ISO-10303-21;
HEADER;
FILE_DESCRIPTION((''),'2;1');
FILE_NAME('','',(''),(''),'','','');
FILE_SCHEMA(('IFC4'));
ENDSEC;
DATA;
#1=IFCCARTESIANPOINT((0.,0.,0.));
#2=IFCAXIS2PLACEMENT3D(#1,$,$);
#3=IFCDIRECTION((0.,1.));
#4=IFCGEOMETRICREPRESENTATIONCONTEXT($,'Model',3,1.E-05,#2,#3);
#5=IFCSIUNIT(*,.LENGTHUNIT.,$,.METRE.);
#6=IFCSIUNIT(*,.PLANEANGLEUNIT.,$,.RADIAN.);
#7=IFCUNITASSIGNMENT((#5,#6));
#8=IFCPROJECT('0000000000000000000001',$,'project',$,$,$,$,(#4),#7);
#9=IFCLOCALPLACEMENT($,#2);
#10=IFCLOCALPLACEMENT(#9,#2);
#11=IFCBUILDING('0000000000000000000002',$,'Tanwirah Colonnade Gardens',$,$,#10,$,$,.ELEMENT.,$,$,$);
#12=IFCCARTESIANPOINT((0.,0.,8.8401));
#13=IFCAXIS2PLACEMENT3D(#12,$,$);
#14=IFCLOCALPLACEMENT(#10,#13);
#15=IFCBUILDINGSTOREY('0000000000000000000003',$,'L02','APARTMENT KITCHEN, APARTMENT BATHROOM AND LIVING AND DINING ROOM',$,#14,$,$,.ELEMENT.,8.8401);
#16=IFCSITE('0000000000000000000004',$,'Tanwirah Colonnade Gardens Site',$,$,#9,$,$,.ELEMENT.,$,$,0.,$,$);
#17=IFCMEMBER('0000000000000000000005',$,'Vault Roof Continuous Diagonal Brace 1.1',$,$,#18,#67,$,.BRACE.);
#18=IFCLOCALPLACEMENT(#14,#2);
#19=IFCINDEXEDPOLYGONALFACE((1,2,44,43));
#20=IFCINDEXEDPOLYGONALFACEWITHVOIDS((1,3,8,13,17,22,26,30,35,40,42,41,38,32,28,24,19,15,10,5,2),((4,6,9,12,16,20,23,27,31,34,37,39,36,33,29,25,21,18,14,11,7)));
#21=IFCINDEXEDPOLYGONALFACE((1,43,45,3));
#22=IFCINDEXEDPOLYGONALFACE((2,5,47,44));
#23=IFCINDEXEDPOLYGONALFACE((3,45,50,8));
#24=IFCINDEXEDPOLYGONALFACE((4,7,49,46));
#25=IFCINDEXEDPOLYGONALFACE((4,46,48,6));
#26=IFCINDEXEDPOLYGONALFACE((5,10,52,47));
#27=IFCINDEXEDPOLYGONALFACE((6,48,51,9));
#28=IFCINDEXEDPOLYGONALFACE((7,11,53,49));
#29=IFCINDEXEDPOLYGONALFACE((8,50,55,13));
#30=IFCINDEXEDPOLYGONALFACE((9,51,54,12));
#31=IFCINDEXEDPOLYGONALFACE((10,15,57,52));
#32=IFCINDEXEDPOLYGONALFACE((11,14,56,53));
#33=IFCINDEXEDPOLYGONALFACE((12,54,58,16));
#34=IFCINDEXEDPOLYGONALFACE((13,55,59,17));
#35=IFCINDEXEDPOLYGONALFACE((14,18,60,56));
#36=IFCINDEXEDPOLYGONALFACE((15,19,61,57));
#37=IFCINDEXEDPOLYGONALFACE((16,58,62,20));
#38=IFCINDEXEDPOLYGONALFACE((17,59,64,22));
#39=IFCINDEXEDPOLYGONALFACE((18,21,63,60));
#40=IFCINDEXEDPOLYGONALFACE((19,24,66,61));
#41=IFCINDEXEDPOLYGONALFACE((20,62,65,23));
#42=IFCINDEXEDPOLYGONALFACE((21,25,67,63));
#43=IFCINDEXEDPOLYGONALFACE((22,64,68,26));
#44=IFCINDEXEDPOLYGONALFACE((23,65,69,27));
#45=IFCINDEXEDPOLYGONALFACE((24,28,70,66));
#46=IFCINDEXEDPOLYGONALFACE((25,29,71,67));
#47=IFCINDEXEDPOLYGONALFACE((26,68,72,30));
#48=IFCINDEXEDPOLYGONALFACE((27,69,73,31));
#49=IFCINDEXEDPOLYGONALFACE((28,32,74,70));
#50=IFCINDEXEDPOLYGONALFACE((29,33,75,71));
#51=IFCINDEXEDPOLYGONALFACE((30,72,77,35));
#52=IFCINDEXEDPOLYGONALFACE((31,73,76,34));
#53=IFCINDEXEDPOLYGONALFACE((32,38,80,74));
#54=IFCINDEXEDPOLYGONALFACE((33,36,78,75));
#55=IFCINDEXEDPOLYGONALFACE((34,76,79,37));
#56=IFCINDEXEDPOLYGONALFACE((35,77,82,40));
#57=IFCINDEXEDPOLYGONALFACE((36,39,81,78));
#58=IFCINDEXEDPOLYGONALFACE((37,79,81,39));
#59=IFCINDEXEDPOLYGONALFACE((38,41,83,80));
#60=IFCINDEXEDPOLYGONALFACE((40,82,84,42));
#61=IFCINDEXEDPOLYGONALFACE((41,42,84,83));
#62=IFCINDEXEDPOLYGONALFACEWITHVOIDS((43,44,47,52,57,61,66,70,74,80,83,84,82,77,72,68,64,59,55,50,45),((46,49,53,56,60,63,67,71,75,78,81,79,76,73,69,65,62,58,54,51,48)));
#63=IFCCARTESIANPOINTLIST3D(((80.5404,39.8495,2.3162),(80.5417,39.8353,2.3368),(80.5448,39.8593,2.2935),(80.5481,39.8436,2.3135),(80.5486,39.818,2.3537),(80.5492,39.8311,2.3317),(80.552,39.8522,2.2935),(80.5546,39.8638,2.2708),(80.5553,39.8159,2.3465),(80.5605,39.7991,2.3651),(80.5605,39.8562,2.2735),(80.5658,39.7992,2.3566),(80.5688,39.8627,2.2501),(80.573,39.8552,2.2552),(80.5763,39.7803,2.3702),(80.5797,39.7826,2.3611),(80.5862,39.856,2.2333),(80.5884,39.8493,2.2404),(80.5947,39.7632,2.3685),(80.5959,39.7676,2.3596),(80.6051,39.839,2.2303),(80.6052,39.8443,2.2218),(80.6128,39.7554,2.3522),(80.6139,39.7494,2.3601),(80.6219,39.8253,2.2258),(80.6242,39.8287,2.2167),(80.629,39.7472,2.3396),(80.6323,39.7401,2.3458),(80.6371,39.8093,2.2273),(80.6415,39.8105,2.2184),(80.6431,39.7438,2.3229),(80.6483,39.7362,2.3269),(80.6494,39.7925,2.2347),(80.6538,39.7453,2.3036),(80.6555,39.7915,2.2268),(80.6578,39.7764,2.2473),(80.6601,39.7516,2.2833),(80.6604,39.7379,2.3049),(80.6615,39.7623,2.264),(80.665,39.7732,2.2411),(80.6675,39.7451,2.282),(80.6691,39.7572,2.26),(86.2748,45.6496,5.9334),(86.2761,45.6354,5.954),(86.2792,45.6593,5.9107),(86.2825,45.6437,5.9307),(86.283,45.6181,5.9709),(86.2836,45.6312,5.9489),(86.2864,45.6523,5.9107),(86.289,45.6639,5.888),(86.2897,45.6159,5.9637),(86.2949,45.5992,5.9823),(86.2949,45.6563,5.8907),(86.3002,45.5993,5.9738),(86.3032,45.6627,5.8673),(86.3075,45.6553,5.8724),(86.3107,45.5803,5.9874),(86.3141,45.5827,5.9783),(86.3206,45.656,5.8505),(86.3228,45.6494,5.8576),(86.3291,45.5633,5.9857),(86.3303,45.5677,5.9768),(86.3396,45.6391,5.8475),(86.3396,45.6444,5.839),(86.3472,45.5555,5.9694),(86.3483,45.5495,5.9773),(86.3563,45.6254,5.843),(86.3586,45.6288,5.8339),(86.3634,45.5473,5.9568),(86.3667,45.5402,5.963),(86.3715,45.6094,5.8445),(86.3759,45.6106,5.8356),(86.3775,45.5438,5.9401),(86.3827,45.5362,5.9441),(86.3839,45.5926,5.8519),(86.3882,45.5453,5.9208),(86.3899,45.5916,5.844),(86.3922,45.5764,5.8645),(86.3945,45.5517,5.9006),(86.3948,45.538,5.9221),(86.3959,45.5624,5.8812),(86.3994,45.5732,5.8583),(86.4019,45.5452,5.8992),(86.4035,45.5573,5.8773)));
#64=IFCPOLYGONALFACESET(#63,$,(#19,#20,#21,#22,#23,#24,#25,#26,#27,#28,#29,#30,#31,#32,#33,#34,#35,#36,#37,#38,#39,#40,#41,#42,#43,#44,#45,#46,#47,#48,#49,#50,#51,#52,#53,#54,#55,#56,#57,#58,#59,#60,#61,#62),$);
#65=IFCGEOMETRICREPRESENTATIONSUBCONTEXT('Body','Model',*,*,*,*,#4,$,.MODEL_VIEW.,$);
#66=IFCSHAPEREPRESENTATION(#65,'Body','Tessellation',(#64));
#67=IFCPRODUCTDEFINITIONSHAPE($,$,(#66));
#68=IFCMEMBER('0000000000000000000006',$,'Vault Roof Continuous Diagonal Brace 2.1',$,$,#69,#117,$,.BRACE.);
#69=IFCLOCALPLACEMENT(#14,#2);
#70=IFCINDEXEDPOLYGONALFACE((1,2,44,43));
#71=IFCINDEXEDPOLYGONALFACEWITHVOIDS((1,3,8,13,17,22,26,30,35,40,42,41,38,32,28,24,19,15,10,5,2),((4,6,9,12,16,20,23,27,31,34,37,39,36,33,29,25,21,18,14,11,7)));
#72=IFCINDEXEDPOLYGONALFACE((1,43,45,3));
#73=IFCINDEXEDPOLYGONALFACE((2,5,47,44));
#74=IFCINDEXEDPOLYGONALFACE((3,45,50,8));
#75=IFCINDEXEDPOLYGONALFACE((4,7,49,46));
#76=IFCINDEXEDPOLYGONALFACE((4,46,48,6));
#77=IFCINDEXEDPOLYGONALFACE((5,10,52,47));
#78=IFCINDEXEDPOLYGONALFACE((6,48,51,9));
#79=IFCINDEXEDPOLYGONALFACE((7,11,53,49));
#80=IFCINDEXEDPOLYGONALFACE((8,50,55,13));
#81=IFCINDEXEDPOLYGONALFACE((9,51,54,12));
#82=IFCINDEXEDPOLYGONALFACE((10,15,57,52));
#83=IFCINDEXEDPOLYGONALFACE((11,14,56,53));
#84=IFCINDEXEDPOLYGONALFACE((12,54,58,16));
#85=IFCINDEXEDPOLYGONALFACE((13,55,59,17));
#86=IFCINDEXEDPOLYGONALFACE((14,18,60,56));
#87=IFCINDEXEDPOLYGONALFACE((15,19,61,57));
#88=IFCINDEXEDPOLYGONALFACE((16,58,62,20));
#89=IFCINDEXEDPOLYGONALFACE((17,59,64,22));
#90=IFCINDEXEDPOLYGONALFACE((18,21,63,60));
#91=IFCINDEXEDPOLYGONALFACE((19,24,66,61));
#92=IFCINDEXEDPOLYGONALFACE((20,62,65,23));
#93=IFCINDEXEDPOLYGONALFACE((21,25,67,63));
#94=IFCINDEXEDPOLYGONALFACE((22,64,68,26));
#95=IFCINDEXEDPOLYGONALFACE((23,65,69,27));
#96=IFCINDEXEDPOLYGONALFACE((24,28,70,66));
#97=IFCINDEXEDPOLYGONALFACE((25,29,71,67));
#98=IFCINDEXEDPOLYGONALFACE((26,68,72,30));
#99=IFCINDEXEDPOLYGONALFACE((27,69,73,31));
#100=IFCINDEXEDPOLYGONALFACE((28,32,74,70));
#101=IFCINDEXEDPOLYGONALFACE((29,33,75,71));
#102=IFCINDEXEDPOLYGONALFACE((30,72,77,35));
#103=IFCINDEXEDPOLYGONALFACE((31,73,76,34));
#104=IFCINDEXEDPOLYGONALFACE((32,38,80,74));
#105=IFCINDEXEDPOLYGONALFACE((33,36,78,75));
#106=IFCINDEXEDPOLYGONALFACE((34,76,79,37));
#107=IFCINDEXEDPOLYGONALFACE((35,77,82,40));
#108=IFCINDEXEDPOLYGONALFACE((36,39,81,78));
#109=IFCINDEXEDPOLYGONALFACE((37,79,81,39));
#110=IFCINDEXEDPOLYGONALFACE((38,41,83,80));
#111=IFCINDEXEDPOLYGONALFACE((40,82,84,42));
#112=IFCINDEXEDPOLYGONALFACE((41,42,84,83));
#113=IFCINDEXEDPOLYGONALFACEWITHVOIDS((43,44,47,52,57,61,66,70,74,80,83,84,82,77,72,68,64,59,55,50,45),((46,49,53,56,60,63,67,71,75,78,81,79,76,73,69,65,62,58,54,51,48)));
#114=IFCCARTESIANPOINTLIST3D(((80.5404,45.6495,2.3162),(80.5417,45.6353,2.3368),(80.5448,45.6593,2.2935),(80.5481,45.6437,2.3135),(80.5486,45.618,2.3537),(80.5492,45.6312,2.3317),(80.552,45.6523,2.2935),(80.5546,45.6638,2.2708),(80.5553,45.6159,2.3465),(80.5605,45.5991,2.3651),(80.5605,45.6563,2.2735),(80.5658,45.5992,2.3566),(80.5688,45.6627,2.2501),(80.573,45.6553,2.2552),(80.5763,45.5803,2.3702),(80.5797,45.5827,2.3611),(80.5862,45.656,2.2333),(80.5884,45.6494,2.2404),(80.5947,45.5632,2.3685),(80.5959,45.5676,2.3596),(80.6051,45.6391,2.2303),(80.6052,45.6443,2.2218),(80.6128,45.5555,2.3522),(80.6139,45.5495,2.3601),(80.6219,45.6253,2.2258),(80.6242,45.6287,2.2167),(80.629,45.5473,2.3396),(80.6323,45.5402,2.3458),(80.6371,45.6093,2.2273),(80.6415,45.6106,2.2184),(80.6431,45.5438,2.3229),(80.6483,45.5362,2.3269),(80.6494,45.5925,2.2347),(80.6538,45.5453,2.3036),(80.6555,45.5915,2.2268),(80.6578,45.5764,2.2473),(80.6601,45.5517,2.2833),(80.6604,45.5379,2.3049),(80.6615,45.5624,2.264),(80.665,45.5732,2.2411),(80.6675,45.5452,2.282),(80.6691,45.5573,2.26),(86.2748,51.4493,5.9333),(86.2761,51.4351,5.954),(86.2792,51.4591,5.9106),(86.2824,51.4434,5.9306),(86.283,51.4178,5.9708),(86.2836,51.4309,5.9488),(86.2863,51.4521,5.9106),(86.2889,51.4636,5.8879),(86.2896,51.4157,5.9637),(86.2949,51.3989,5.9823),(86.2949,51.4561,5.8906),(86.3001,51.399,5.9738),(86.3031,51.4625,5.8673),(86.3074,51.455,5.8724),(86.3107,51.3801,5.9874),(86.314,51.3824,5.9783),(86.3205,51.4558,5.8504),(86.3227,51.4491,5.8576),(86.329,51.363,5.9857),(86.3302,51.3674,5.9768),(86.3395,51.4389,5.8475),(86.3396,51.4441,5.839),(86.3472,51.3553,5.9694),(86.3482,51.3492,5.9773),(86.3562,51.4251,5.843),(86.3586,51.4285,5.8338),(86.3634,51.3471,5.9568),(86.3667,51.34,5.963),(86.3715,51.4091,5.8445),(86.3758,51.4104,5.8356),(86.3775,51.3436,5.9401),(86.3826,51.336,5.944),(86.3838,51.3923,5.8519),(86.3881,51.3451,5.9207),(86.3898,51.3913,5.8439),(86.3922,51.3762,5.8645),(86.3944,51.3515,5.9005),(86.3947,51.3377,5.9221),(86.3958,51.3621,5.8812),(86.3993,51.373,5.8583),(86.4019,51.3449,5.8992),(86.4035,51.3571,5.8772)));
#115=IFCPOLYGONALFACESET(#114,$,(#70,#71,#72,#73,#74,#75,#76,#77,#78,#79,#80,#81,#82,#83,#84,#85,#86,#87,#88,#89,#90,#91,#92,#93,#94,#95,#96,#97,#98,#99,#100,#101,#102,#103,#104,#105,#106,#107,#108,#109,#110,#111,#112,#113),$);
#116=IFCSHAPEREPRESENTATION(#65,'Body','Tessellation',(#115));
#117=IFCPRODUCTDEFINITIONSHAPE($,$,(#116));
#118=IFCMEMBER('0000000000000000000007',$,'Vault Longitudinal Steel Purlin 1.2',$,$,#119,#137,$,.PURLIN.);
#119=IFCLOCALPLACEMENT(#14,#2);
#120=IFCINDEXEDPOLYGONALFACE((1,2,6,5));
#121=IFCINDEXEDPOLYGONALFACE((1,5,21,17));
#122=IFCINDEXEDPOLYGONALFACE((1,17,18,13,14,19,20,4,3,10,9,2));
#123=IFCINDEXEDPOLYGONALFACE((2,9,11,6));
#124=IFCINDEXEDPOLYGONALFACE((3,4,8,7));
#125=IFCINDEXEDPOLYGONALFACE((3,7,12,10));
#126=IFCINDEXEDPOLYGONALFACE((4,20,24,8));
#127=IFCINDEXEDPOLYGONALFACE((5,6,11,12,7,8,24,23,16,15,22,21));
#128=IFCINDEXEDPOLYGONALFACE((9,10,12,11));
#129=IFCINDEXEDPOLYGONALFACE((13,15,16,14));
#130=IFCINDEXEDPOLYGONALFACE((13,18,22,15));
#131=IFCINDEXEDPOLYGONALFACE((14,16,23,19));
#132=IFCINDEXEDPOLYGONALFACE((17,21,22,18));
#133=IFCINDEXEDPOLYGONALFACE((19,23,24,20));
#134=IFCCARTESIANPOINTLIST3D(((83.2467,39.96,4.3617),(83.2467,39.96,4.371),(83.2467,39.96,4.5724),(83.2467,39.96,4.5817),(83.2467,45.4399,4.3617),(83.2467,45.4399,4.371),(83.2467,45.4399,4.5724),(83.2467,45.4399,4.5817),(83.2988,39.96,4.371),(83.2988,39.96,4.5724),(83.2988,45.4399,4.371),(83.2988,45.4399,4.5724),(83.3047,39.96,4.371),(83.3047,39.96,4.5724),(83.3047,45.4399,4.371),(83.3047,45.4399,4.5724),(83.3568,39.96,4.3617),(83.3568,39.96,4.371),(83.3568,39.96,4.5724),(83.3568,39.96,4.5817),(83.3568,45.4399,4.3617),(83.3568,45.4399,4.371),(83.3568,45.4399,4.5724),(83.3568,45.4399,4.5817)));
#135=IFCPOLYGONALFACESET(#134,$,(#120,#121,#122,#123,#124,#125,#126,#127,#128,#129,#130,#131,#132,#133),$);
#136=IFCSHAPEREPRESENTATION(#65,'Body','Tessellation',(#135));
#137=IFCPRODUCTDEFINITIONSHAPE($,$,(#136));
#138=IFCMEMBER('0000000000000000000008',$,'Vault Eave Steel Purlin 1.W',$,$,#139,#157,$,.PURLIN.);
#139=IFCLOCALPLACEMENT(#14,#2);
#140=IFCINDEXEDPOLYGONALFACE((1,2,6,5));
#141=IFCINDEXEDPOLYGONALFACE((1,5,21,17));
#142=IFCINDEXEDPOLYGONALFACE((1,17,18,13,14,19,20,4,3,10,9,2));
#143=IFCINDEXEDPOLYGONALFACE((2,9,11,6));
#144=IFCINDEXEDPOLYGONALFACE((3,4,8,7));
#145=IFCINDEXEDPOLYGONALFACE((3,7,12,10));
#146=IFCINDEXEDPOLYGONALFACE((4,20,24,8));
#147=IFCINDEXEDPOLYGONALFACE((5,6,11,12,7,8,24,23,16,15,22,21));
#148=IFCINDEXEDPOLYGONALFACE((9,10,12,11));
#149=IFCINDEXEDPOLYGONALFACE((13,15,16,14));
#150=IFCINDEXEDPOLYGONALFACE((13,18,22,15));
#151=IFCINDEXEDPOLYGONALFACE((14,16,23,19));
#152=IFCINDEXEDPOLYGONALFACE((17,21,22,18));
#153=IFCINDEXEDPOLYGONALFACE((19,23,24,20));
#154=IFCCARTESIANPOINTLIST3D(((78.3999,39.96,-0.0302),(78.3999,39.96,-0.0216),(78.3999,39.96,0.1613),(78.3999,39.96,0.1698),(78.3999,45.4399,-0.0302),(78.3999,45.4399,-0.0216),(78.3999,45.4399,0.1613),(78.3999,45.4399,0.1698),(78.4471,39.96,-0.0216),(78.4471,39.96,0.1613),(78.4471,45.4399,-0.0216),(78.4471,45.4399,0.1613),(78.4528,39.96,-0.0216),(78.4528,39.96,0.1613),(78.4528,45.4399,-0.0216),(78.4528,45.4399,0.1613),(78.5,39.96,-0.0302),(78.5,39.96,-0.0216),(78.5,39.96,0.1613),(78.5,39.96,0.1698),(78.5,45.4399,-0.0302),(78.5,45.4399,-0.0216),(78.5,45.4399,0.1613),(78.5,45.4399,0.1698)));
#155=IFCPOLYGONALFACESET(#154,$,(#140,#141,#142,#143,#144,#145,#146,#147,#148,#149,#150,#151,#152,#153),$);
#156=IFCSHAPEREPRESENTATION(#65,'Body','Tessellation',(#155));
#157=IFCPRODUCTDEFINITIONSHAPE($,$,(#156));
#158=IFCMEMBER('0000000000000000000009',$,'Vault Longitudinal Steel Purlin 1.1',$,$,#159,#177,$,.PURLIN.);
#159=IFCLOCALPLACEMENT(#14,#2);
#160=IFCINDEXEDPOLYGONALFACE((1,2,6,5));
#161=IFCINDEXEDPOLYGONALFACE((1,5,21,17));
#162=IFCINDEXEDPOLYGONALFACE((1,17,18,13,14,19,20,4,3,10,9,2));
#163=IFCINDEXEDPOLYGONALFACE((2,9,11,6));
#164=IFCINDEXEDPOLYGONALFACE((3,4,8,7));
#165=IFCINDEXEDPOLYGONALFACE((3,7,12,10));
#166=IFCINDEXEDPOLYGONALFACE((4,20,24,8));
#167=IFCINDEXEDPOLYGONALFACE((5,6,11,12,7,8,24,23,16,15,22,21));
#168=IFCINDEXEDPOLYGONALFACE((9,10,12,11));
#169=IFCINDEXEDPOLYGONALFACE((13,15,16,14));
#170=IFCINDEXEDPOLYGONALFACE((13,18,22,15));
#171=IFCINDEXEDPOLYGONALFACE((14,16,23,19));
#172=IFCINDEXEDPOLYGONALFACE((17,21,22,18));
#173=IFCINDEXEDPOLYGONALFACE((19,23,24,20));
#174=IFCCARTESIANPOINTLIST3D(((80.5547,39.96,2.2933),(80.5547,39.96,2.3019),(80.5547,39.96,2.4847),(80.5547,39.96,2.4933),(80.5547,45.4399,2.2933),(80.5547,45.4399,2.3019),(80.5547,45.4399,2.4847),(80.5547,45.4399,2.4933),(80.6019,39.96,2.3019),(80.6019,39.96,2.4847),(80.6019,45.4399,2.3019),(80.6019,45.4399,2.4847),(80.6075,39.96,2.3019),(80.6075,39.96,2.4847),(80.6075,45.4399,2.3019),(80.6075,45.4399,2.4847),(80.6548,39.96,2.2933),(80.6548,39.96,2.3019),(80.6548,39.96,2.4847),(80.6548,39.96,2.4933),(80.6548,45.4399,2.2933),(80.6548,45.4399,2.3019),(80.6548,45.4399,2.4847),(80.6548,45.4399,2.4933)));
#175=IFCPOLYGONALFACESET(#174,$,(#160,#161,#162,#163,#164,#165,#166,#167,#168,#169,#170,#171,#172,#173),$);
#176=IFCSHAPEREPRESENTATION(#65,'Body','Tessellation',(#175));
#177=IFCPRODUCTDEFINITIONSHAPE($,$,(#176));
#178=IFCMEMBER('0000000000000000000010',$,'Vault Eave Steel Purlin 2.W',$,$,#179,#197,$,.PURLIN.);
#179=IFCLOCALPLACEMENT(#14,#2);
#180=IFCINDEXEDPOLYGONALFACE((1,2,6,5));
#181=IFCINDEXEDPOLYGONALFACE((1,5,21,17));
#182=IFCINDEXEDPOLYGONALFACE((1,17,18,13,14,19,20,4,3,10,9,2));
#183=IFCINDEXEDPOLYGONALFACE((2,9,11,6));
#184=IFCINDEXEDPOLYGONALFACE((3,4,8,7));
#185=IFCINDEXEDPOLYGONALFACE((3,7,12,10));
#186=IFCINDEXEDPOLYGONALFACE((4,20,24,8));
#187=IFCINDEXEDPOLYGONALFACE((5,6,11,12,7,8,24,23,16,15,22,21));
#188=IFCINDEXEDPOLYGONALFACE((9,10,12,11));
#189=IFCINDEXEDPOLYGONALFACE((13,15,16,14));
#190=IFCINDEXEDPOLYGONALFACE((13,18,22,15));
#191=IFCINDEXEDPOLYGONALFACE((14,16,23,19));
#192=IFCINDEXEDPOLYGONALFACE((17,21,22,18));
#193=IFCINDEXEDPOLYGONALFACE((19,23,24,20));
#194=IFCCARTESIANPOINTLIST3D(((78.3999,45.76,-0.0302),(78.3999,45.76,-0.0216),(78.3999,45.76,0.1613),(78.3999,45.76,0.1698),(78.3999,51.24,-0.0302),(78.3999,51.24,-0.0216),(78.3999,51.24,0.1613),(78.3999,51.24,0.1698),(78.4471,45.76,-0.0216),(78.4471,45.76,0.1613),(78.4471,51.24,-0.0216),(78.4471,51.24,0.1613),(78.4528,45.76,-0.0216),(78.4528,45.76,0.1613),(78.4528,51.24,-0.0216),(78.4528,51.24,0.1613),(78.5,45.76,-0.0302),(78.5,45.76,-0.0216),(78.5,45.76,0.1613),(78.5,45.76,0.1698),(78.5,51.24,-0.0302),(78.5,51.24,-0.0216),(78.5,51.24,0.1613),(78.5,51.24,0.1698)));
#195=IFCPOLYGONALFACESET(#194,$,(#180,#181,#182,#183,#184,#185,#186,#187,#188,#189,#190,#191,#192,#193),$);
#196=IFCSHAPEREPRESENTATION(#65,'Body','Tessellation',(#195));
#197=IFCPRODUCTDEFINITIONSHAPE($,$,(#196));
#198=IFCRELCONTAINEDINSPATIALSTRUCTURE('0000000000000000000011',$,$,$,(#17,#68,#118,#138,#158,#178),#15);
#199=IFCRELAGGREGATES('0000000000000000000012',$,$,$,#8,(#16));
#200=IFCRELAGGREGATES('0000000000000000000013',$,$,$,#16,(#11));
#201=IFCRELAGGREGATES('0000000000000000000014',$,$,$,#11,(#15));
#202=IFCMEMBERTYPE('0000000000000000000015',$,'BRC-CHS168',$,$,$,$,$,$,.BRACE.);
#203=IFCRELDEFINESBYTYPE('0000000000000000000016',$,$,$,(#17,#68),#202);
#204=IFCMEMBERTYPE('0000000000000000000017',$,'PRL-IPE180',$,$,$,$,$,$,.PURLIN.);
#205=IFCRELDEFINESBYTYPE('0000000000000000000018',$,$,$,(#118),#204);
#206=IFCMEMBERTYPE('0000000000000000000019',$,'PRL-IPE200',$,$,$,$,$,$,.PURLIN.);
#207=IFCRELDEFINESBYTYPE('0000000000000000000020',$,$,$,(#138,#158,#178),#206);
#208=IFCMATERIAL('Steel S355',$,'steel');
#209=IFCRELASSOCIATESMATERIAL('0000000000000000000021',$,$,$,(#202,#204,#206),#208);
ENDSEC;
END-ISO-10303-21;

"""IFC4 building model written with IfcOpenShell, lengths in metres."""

from ifc_helpers import new_model, si_unit, direction, frame, origin, origin_2d, place, context, subcontext, project, spatial, hollow_circle, i_section, extrude, material, material_profile, profile_set, type_object, element, save


model = new_model("IFC4")

# Units and contexts
model_context = context("Model", 3, precision=1e-05, world=origin(), true_north=direction((0.0, 1.0)))
body_context = subcontext(model_context, "Body", "Model", "MODEL_VIEW")
ifc_project = project(units=[si_unit("LENGTHUNIT", "METRE"), si_unit("PLANEANGLEUNIT", "RADIAN")], contexts=[model_context])

# Site, building, storey
site_placement = place(None, origin())
site = spatial("IfcSite", under=ifc_project, at=site_placement, Name="Tanwirah Colonnade Gardens Site", CompositionType="ELEMENT", RefElevation=0.0)
building_placement = place(site_placement, origin())
building = spatial("IfcBuilding", under=site, at=building_placement, Name="Tanwirah Colonnade Gardens", CompositionType="ELEMENT")
storey_placement = place(building_placement, frame((0.0, 0.0, 8.8401)))
storey = spatial("IfcBuildingStorey", under=building, at=storey_placement, Name="L02", Description="APARTMENT KITCHEN, APARTMENT BATHROOM AND LIVING AND DINING ROOM", CompositionType="ELEMENT", Elevation=8.8401)

# Members
ifc_material_1 = material(Name="Steel S355", Category="steel")
ifc_material_profile_1 = material_profile(ifc_material_1, hollow_circle(Radius=0.0842, WallThickness=0.01, at=origin_2d()), Name="CHS 168.3x10")
ifc_profile_set_1 = profile_set([ifc_material_profile_1], Name="Steel S355")
member_type_1 = type_object("IfcMemberType", Name="BRC-CHS168", PredefinedType="BRACE", material=ifc_profile_set_1)
member_1_placement = place(storey_placement, frame((80.6047, 39.8, 2.2935), z_axis=(0.642701, 0.650061, 0.405409), x_axis=(-0.711121, 0.703069, 0.0)))
element("IfcMember", 1, at=member_1_placement, inside=storey, type_object=member_type_1, Name="Vault Roof Continuous Diagonal Brace 1.1", PredefinedType="BRACE", context=body_context, shape_type="SweptSolid", body=[
    extrude(hollow_circle(Radius=0.0842, WallThickness=0.01, at=origin_2d()), origin(), (0.0, 0.0, 1.0), 8.9224),
])
member_2_placement = place(storey_placement, frame((80.6047, 45.6001, 2.2935), z_axis=(0.642712, 0.650045, 0.405416), x_axis=(-0.711107, 0.703084, 0.0)))
element("IfcMember", 2, at=member_2_placement, inside=storey, type_object=member_type_1, Name="Vault Roof Continuous Diagonal Brace 2.1", PredefinedType="BRACE", context=body_context, shape_type="SweptSolid", body=[
    extrude(hollow_circle(Radius=0.0842, WallThickness=0.01, at=origin_2d()), origin(), (0.0, 0.0, 1.0), 8.9221),
])
ifc_material_profile_2 = material_profile(ifc_material_1, i_section(OverallWidth=0.1101, OverallDepth=0.22, WebThickness=0.0059, FlangeThickness=0.0093, at=origin_2d()), Name="IPE 220")
ifc_profile_set_2 = profile_set([ifc_material_profile_2], Name="Steel S355")
member_type_2 = type_object("IfcMemberType", Name="PRL-IPE180", PredefinedType="PURLIN", material=ifc_profile_set_2)
member_3_placement = place(storey_placement, frame((83.3018, 39.96, 4.4717), z_axis=(0.0, 1.0, 0.0), x_axis=(-1.0, 0.0, 0.0)))
element("IfcMember", 3, at=member_3_placement, inside=storey, type_object=member_type_2, Name="Vault Longitudinal Steel Purlin 1.2", PredefinedType="PURLIN", context=body_context, shape_type="SweptSolid", body=[
    extrude(i_section(OverallWidth=0.1101, OverallDepth=0.22, WebThickness=0.0059, FlangeThickness=0.0093, at=origin_2d()), origin(), (0.0, 0.0, 1.0), 5.48),
])
ifc_material_profile_3 = material_profile(ifc_material_1, i_section(OverallWidth=0.1001, OverallDepth=0.2, WebThickness=0.0056, FlangeThickness=0.0085, at=origin_2d()), Name="IPE 200")
ifc_profile_set_3 = profile_set([ifc_material_profile_3], Name="Steel S355")
member_type_3 = type_object("IfcMemberType", Name="PRL-IPE200", PredefinedType="PURLIN", material=ifc_profile_set_3)
for number, where, z_axis, x_axis, name in (
    (4, (78.45, 39.96, 0.0698), (0.0, 1.0, 0.0), (-1.0, 0.0, 0.0), "Vault Eave Steel Purlin 1.W"),
    (5, (80.6047, 39.96, 2.3933), (0.0, 1.0, 0.0), (-1.0, 0.0, 0.0), "Vault Longitudinal Steel Purlin 1.1"),
    (6, (78.45, 45.76, 0.0698), (0.0, 1.0, 0.0), (-1.0, 0.0, 0.0), "Vault Eave Steel Purlin 2.W"),
):
    element("IfcMember", number, at=place(storey_placement, frame(where, z_axis=z_axis, x_axis=x_axis)), inside=storey, type_object=member_type_3, Name=name, PredefinedType="PURLIN", context=body_context, shape_type="SweptSolid", body=[
        extrude(i_section(OverallWidth=0.1001, OverallDepth=0.2, WebThickness=0.0056, FlangeThickness=0.0085, at=origin_2d()), origin(), (0.0, 0.0, 1.0), 5.48),
    ])

save(model, "model.ifc")
